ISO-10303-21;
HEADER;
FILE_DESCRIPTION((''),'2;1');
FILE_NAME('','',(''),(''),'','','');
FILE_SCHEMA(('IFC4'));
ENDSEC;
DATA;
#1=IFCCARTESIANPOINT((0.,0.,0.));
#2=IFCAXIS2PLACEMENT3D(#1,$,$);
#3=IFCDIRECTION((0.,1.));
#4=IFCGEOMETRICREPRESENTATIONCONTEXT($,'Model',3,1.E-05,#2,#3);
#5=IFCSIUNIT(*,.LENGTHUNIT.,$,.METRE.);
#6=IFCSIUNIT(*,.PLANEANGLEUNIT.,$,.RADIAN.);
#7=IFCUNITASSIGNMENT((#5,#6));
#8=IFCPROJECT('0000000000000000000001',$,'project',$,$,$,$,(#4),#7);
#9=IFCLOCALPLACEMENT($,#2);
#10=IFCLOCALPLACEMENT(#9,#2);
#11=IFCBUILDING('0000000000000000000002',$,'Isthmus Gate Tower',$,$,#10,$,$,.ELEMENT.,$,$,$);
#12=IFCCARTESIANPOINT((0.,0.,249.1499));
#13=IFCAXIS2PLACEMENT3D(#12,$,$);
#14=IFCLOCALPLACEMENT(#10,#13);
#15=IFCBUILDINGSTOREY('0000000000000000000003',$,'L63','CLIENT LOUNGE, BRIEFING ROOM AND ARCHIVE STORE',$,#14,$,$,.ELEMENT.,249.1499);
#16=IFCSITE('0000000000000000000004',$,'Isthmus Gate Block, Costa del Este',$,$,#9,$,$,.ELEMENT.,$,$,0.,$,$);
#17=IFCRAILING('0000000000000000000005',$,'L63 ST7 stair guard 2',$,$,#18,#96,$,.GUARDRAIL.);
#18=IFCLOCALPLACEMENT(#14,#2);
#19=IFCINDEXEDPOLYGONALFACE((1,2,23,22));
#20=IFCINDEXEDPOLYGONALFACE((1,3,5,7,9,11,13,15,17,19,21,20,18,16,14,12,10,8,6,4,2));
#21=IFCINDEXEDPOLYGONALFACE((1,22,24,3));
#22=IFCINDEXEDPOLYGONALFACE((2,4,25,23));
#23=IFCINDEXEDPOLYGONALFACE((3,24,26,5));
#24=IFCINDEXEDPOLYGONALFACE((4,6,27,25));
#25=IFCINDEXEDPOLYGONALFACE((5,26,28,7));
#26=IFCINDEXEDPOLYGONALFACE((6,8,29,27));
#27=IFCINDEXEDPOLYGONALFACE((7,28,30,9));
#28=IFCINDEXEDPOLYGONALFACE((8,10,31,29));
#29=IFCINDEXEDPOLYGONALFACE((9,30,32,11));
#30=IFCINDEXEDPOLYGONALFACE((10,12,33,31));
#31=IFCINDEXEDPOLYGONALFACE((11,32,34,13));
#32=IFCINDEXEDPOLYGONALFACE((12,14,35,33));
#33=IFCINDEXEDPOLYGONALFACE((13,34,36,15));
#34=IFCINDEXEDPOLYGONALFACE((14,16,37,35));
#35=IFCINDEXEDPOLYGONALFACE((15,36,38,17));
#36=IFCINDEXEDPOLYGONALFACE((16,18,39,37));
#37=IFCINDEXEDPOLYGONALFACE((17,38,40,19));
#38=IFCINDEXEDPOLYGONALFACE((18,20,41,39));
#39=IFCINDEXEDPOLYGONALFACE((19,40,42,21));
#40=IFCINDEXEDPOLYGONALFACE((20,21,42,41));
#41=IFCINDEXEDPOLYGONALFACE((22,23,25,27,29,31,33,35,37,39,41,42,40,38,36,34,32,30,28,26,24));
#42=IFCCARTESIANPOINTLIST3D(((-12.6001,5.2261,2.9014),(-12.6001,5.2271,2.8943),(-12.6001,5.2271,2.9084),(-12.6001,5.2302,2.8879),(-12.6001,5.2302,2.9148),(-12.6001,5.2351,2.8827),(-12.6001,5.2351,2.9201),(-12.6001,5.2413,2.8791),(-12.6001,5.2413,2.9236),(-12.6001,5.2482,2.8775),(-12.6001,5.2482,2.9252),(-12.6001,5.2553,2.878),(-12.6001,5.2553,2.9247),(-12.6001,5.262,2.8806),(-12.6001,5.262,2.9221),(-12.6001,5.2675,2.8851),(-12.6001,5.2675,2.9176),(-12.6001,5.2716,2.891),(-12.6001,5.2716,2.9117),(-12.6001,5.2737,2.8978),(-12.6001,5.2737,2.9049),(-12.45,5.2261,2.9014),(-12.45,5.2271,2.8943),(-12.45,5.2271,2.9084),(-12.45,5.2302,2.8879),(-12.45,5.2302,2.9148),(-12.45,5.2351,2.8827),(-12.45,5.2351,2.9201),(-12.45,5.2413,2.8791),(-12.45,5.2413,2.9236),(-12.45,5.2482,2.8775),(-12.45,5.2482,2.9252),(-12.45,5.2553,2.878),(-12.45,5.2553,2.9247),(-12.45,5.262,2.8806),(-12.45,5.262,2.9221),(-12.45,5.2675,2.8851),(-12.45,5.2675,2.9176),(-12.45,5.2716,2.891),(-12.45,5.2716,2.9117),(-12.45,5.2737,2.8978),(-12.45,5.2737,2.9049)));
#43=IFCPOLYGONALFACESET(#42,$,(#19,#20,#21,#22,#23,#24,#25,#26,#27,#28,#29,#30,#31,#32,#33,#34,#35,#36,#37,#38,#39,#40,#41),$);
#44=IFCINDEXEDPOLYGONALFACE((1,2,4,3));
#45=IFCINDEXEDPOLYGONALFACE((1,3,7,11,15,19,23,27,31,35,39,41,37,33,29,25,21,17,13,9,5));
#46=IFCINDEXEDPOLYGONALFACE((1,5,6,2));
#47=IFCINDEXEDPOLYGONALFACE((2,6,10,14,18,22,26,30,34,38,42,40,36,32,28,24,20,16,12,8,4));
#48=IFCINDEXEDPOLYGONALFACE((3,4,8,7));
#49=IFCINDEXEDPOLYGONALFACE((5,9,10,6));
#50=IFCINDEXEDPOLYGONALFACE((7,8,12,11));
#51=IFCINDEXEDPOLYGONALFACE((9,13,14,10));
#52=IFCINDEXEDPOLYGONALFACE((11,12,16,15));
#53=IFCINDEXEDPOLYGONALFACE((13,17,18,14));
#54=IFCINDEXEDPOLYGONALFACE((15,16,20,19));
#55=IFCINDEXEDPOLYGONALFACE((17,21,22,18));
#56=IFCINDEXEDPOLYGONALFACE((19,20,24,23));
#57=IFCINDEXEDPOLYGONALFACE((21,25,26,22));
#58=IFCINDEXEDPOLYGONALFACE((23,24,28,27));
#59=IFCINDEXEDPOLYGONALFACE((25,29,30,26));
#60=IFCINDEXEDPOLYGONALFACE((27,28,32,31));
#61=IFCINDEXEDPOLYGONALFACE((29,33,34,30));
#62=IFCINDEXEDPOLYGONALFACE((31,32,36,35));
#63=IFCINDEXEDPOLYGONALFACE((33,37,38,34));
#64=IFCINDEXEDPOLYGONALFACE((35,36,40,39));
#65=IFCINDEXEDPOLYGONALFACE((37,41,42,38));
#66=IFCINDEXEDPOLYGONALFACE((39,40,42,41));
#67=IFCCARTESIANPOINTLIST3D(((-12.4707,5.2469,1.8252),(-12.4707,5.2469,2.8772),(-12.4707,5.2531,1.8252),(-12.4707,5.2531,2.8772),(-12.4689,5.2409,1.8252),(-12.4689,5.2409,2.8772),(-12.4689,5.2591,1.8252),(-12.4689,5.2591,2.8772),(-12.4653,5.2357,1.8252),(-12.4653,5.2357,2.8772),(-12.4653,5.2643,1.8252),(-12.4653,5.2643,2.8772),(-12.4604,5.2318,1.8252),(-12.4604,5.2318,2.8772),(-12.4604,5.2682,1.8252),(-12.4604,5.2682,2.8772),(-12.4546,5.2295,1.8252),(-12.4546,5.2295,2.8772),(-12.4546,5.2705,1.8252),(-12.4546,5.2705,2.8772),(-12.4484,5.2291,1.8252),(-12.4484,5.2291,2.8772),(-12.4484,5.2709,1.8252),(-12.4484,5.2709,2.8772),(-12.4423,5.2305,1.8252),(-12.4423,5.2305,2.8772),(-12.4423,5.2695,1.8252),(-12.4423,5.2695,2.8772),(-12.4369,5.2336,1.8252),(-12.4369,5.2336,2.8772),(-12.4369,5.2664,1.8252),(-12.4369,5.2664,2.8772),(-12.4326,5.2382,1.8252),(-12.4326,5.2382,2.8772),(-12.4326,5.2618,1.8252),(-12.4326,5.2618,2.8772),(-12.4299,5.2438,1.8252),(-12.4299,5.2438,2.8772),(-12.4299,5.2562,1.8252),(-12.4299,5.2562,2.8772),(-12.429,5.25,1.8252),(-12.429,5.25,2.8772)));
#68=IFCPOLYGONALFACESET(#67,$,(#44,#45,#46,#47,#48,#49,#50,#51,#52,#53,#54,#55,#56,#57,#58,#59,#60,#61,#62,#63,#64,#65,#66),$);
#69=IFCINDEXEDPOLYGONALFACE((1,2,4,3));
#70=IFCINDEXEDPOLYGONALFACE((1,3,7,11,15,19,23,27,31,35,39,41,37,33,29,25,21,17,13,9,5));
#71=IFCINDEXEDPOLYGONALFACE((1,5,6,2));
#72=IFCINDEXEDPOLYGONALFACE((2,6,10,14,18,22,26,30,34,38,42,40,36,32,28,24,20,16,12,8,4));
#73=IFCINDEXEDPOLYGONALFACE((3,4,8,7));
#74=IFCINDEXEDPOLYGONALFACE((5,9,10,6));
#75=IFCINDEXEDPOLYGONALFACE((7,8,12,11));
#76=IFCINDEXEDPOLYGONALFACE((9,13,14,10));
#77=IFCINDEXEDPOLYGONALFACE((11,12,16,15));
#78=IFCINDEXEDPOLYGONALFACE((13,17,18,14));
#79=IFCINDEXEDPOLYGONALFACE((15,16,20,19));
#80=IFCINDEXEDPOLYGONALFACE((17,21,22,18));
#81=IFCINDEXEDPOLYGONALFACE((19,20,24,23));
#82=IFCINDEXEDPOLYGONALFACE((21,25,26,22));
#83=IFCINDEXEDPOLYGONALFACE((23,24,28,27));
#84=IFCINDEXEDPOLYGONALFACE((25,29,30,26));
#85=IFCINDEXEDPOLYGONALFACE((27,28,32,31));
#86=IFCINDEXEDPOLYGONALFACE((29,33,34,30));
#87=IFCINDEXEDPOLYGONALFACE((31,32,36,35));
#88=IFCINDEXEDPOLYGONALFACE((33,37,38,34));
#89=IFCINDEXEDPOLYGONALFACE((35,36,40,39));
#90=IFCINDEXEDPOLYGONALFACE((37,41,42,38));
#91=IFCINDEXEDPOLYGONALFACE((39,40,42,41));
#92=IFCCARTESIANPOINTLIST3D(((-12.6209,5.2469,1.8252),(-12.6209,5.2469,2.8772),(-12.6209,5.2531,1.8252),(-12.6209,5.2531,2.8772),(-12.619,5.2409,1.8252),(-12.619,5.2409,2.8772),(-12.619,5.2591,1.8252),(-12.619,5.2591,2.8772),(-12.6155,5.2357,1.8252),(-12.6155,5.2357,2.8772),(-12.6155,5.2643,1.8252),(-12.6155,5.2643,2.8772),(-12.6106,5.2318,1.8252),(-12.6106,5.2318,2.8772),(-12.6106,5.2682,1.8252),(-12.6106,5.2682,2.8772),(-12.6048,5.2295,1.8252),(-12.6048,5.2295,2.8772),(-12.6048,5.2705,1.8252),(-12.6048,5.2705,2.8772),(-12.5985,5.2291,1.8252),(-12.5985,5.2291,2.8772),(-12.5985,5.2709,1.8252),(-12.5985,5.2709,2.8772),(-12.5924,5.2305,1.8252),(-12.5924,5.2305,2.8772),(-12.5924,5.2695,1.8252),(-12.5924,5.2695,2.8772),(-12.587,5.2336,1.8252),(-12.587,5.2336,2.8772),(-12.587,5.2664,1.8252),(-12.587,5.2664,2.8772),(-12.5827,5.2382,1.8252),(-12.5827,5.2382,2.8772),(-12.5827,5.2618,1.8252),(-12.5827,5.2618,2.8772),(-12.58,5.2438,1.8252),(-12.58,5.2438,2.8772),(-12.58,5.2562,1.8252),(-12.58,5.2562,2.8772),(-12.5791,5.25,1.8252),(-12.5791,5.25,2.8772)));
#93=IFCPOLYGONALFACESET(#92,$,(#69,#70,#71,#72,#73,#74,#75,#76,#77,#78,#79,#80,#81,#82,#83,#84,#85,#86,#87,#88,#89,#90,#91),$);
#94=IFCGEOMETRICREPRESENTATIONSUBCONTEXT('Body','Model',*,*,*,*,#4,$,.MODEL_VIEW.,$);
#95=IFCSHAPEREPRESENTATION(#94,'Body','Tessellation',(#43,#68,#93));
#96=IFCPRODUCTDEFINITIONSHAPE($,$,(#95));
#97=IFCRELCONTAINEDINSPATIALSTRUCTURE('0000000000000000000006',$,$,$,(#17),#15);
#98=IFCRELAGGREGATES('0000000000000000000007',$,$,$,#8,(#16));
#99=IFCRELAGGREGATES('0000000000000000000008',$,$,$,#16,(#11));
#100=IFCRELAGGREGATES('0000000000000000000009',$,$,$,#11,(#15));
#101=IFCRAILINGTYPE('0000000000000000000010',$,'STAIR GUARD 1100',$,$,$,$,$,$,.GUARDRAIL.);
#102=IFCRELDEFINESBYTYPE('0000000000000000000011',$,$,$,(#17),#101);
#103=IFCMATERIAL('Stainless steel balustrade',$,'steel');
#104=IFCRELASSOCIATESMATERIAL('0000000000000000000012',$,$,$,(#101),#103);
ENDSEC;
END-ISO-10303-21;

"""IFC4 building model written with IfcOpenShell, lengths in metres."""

from ifc_helpers import new_model, si_unit, direction, frame, origin, origin_2d, place, context, subcontext, project, spatial, circle, extrude, material, type_object, element, save


model = new_model("IFC4")

# Units and contexts
model_context = context("Model", 3, precision=1e-05, world=origin(), true_north=direction((0.0, 1.0)))
body_context = subcontext(model_context, "Body", "Model", "MODEL_VIEW")
ifc_project = project(units=[si_unit("LENGTHUNIT", "METRE"), si_unit("PLANEANGLEUNIT", "RADIAN")], contexts=[model_context])

# Site, building, storey
site_placement = place(None, origin())
site = spatial("IfcSite", under=ifc_project, at=site_placement, Name="Isthmus Gate Block, Costa del Este", CompositionType="ELEMENT", RefElevation=0.0)
building_placement = place(site_placement, origin())
building = spatial("IfcBuilding", under=site, at=building_placement, Name="Isthmus Gate Tower", CompositionType="ELEMENT")
storey_placement = place(building_placement, frame((0.0, 0.0, 249.1499)))
storey = spatial("IfcBuildingStorey", under=building, at=storey_placement, Name="L63", Description="CLIENT LOUNGE, BRIEFING ROOM AND ARCHIVE STORE", CompositionType="ELEMENT", Elevation=249.1499)

# Railing
ifc_material_1 = material(Name="Stainless steel balustrade", Category="steel")
railing_type_1 = type_object("IfcRailingType", Name="STAIR GUARD 1100", PredefinedType="GUARDRAIL", material=ifc_material_1)
railing_1_placement = place(storey_placement, frame((-12.45, 5.25, 1.8252)))
element("IfcRailing", 1, at=railing_1_placement, inside=storey, type_object=railing_type_1, Name="L63 ST7 stair guard 2", PredefinedType="GUARDRAIL", context=body_context, shape_type="SweptSolid", body=[
    extrude(circle(Radius=0.0239, at=origin_2d()), frame((0.0, 0.0, 1.0762), z_axis=(-1.0, 0.0, 0.0), x_axis=(0.0, -1.0, 0.0)), (0.0, 0.0, 1.0), 0.1501),
    extrude(circle(Radius=0.021, at=origin_2d()), origin(), (0.0, 0.0, 1.0), 1.052),
    extrude(circle(Radius=0.021, at=origin_2d()), frame((-0.1501, 0.0, 0.0)), (0.0, 0.0, 1.0), 1.052),
])

save(model, "model.ifc")
